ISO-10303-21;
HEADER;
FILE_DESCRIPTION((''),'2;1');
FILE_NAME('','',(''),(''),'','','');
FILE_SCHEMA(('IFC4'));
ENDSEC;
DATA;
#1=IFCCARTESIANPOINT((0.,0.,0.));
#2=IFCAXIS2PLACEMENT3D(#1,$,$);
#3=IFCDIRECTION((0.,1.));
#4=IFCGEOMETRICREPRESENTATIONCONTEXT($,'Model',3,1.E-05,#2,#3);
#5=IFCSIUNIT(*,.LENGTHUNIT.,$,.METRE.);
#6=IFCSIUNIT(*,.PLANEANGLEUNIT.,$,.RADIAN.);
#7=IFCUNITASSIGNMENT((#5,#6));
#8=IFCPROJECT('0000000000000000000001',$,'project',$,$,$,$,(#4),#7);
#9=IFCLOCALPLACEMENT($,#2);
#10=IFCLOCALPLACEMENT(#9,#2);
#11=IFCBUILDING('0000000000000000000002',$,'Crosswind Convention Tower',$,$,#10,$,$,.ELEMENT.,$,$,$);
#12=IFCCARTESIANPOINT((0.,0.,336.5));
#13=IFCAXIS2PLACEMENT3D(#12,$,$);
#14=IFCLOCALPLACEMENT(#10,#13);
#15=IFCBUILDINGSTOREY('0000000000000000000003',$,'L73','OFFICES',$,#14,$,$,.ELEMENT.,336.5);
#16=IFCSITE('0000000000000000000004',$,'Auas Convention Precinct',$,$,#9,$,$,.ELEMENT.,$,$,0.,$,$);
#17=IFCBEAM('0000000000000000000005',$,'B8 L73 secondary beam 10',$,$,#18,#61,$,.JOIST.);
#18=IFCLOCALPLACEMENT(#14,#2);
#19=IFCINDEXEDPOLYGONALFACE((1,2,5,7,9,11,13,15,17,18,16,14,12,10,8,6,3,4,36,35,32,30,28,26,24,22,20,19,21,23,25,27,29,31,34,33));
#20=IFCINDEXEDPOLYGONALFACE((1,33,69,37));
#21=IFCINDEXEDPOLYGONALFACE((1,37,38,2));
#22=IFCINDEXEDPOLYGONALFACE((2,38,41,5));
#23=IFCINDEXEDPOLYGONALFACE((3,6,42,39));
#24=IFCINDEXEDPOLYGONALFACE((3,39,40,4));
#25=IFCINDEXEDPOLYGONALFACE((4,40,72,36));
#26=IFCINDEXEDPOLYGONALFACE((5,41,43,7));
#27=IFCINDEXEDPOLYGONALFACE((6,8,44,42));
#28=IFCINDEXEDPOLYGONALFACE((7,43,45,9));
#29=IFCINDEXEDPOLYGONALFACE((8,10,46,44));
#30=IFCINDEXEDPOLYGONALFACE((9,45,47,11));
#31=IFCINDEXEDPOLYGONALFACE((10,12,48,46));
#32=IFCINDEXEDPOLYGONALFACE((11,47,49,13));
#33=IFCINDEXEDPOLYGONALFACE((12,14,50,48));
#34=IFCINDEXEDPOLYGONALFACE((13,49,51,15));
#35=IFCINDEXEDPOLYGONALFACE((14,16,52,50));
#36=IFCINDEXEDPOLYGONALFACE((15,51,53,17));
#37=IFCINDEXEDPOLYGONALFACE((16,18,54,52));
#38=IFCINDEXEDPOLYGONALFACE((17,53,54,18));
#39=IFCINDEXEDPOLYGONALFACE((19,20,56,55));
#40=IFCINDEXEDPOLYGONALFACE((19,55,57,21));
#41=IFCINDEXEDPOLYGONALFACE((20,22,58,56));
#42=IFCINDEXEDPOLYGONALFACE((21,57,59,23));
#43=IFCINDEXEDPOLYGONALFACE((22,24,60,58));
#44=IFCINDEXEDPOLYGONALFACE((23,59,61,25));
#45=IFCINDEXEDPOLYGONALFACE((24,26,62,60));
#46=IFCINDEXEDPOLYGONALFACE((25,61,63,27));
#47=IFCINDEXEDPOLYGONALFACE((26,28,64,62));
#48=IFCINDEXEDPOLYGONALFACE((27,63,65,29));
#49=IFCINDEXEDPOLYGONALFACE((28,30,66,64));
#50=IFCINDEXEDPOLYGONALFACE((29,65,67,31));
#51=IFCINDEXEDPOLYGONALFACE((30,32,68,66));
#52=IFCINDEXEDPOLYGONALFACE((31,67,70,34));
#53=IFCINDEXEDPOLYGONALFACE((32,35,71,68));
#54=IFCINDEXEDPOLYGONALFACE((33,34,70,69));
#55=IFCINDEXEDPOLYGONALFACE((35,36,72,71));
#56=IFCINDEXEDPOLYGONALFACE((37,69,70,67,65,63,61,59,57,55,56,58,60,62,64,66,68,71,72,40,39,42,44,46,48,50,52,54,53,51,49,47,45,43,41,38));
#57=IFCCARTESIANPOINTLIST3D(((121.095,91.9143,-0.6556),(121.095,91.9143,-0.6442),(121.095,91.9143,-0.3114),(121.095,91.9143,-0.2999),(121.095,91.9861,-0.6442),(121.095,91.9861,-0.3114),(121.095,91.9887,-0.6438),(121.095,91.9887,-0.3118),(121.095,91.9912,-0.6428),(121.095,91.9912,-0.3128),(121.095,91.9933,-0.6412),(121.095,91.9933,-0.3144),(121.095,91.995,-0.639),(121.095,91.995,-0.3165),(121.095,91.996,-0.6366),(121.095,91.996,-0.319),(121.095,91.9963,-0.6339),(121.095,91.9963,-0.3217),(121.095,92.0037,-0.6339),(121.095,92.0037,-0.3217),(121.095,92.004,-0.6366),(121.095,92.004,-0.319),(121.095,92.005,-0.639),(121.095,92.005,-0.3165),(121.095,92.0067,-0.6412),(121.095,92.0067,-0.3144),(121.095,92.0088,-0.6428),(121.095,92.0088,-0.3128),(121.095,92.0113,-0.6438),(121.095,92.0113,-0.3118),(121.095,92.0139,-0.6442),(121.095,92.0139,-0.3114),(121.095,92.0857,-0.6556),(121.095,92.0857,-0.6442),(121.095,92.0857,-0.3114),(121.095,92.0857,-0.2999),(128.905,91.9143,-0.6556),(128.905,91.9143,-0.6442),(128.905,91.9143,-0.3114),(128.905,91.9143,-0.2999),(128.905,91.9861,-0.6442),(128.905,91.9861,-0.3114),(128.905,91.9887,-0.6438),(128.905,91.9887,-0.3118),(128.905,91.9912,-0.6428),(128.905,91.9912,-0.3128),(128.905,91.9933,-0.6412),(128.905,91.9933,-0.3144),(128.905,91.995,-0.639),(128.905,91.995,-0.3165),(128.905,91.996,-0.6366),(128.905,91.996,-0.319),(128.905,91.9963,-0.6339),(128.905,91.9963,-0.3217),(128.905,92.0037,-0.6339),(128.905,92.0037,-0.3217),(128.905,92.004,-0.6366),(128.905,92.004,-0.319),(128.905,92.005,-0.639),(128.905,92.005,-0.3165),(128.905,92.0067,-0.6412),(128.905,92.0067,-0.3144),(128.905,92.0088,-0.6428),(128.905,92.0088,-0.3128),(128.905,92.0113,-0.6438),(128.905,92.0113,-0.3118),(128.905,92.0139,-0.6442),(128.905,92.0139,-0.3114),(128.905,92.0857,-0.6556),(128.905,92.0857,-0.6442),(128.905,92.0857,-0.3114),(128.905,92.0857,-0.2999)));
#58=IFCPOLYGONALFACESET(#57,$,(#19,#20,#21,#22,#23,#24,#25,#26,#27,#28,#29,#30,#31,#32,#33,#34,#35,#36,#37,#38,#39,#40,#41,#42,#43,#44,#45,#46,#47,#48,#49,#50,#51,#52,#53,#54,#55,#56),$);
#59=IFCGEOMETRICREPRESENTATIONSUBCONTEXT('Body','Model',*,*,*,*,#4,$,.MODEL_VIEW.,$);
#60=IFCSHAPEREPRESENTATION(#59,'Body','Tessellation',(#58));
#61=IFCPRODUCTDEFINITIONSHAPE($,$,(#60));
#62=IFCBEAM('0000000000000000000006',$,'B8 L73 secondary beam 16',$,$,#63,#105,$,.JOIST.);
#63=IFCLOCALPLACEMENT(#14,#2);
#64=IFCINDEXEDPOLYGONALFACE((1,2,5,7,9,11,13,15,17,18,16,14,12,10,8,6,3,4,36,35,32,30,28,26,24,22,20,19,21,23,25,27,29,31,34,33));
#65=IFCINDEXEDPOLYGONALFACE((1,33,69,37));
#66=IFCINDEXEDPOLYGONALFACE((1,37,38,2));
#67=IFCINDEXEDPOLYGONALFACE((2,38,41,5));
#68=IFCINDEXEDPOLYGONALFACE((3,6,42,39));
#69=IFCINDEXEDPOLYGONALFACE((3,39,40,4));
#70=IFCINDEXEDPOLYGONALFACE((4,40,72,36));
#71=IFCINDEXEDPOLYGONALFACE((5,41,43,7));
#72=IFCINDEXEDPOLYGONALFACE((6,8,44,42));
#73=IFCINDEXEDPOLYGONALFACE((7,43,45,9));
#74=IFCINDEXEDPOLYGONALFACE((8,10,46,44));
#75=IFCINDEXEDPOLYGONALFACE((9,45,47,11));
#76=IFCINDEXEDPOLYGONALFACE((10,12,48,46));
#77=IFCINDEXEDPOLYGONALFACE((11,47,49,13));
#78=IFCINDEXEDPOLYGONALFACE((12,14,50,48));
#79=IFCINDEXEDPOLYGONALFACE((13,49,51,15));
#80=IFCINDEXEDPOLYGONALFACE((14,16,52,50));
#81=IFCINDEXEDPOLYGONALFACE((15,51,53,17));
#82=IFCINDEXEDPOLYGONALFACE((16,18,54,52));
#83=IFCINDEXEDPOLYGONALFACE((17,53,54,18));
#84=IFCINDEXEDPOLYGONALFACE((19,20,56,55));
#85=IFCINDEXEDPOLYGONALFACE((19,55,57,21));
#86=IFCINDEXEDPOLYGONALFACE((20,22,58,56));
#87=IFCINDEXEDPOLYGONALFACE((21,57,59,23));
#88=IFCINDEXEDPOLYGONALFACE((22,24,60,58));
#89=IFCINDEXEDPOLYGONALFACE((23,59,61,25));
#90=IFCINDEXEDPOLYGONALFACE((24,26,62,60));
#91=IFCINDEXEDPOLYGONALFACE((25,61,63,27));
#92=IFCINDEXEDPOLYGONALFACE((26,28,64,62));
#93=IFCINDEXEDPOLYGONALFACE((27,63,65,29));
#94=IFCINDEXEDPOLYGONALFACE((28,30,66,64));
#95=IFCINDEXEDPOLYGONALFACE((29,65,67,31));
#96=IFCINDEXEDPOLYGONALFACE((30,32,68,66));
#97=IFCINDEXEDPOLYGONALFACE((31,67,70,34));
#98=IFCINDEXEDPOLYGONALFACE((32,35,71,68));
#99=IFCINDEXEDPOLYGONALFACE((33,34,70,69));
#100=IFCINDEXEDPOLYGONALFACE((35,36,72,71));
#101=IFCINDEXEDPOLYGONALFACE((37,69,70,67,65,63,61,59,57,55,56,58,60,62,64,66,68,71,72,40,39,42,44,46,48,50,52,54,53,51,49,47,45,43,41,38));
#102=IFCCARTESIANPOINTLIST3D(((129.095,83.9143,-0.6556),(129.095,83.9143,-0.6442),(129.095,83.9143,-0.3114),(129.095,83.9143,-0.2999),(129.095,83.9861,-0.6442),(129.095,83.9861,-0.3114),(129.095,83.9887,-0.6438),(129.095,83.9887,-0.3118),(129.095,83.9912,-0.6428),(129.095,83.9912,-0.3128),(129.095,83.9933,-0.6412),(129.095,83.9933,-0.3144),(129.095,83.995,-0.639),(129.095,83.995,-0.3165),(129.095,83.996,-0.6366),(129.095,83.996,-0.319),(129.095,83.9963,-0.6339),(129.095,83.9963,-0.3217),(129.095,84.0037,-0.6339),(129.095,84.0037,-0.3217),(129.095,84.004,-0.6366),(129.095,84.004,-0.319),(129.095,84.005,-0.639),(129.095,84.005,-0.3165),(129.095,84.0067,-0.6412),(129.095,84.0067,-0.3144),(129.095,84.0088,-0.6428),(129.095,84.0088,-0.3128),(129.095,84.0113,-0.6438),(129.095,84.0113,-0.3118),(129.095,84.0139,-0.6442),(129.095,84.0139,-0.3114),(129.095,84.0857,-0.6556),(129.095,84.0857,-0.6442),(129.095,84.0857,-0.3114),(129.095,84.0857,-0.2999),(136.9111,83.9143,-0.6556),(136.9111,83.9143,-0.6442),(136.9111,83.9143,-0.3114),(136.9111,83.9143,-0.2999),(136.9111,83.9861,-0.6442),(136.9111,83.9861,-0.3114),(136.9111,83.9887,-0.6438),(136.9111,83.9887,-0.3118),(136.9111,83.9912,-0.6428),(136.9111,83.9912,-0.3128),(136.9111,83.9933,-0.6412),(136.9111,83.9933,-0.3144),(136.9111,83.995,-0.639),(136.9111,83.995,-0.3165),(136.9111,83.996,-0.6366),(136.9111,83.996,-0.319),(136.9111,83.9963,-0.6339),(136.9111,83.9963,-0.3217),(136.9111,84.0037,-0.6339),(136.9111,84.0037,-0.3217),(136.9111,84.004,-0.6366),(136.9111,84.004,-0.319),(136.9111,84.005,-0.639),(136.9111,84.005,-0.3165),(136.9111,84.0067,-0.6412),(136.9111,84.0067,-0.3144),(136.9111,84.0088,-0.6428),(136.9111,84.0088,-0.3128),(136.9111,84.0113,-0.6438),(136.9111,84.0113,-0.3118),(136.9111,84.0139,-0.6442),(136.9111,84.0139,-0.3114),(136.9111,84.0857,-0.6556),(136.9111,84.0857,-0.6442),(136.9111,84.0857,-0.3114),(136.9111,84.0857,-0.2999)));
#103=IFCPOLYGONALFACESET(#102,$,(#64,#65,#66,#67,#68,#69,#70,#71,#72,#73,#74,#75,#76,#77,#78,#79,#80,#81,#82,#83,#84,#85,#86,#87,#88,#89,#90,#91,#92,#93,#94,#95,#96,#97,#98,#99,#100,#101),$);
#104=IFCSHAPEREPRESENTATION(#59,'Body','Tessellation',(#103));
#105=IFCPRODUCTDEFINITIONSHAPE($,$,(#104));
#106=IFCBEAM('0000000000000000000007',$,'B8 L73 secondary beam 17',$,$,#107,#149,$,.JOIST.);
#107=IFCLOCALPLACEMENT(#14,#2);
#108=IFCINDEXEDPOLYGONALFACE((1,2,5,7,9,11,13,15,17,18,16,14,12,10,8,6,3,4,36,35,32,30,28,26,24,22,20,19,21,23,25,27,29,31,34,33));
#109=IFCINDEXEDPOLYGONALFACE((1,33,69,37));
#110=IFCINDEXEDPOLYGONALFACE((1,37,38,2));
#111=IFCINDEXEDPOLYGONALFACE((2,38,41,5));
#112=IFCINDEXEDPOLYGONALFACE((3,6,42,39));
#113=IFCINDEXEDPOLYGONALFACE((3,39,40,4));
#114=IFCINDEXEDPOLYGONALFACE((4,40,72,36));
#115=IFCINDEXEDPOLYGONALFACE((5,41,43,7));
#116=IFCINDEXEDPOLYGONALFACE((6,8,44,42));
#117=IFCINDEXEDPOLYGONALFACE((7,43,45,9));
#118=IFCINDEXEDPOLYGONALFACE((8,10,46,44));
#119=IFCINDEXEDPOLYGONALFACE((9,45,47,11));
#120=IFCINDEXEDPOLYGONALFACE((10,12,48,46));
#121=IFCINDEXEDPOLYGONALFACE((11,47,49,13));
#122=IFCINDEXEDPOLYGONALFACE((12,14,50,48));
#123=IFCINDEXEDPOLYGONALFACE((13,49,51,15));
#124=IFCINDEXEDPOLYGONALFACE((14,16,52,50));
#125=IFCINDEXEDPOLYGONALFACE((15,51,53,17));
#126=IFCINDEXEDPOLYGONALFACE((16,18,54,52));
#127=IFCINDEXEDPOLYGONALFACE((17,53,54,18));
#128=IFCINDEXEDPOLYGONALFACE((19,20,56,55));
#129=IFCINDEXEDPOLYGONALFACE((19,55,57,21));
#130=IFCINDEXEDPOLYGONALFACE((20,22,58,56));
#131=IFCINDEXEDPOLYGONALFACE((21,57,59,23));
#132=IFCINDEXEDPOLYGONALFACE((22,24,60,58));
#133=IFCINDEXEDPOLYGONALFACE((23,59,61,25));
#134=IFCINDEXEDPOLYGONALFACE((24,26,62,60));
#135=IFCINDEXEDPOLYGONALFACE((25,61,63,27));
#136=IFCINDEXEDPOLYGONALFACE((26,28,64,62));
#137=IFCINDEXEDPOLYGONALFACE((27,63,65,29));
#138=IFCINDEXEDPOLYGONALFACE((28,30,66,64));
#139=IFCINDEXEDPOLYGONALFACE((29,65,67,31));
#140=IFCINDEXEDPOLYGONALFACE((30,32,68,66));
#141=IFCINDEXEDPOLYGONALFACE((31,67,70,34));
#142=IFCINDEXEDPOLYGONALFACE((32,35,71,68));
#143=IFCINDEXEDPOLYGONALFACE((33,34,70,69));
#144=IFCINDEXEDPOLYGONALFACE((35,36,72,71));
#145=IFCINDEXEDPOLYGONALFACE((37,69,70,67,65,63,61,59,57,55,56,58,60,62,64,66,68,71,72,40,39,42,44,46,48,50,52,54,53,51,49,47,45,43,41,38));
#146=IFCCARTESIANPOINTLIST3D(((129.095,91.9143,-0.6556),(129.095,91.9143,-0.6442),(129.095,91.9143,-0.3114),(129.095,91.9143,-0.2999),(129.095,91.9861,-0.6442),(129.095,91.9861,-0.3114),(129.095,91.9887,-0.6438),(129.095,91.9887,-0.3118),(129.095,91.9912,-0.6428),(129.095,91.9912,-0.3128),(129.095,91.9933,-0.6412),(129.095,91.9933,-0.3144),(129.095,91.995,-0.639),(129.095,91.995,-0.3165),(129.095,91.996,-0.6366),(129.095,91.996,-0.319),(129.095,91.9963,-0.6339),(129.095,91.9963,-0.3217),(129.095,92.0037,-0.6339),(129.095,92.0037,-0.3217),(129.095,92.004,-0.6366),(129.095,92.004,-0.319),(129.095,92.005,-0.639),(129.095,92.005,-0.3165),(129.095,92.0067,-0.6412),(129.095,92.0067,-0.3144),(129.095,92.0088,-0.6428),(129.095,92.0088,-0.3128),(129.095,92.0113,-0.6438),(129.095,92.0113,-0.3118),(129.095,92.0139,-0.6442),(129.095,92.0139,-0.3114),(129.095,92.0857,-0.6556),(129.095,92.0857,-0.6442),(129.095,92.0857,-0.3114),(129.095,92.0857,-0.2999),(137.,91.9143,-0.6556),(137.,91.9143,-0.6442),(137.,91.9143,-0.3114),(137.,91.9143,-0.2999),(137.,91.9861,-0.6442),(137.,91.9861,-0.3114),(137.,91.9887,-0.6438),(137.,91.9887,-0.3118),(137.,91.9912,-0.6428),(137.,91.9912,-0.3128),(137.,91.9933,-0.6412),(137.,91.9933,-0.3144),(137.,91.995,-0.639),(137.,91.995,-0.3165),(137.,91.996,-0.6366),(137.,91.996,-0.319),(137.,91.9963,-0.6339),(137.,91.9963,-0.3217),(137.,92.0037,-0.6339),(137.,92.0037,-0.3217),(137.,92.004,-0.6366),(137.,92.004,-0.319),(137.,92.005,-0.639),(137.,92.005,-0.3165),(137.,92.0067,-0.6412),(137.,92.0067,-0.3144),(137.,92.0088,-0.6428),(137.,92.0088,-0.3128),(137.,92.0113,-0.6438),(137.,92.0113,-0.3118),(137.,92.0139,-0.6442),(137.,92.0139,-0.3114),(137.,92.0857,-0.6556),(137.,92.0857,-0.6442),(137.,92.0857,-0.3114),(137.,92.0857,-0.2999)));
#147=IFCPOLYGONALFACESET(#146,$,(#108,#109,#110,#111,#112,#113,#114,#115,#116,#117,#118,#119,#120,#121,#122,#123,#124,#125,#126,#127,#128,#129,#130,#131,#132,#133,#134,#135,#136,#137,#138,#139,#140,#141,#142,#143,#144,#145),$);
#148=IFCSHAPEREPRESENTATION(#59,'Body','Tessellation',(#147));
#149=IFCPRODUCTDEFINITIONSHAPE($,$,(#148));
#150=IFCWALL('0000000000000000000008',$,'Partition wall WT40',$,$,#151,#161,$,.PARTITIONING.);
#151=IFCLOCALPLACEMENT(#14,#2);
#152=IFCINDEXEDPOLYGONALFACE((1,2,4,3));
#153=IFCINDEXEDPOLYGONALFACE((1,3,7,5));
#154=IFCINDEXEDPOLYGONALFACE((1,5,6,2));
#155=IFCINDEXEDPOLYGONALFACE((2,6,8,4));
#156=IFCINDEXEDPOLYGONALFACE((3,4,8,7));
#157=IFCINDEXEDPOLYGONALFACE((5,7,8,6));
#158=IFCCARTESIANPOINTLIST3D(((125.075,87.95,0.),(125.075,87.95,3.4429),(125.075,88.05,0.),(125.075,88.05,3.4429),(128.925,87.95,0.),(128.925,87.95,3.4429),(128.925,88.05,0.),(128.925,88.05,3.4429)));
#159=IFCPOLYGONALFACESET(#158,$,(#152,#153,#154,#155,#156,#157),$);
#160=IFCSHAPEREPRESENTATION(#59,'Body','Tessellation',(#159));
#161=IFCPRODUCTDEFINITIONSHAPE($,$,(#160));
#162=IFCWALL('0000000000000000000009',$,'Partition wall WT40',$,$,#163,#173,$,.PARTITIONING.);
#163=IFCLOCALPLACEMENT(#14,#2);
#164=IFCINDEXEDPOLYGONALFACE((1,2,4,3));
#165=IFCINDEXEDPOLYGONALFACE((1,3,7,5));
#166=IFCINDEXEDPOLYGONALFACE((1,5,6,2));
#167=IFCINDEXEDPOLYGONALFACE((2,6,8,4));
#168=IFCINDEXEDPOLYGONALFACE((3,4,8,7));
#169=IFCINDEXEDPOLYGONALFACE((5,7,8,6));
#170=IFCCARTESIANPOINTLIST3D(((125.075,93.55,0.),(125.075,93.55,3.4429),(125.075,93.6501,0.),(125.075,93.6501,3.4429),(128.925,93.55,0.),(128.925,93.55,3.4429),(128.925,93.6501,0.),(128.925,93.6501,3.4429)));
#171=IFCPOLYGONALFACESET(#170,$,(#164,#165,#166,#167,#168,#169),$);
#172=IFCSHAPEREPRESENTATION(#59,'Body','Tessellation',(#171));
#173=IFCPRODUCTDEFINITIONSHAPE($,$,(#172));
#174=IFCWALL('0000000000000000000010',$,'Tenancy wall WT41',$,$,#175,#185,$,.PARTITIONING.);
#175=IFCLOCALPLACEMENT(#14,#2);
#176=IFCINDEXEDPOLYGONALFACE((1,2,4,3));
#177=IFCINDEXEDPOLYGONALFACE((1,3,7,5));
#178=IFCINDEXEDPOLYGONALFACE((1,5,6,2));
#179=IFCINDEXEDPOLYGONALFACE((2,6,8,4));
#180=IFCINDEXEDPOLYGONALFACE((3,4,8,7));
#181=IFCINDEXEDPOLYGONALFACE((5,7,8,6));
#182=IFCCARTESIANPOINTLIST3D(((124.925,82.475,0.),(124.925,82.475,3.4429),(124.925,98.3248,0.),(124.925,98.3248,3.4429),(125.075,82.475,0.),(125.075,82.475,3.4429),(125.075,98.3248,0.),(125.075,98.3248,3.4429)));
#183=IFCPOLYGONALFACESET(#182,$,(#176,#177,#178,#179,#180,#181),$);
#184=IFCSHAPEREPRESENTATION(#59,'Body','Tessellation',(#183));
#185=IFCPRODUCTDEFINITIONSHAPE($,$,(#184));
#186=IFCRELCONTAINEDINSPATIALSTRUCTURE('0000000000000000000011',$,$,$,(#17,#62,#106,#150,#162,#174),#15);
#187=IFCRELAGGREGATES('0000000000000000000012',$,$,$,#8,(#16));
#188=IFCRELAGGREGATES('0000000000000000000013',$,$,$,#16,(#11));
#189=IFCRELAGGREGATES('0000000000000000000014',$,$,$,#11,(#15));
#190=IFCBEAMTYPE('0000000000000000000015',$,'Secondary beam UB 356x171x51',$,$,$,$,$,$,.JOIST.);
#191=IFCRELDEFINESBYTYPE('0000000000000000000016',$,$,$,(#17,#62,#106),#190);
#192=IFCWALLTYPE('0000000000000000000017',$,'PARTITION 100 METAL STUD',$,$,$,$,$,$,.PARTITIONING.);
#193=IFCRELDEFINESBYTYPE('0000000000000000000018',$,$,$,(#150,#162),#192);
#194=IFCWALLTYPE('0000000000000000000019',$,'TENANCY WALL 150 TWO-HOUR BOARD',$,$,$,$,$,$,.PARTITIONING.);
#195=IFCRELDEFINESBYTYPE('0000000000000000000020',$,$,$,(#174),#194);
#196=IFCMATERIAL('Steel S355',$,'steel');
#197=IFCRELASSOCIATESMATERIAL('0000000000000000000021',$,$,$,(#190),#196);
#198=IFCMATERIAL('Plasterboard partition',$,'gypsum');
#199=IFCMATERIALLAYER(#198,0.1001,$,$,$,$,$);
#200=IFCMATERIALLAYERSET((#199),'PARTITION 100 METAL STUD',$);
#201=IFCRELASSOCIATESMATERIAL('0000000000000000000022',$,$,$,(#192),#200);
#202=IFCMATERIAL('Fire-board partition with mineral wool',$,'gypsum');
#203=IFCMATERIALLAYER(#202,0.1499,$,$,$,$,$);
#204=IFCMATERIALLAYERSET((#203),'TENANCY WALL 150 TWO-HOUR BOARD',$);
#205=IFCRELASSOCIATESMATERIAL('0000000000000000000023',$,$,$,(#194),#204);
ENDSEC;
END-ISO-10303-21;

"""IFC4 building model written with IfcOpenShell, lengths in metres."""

from ifc_helpers import new_model, si_unit, direction, frame, frame_2d, origin, origin_2d, place, context, subcontext, project, spatial, rectangle, i_section, extrude, material, layer, layer_set, material_profile, profile_set, type_object, element, save


model = new_model("IFC4")

# Units and contexts
model_context = context("Model", 3, precision=1e-05, world=origin(), true_north=direction((0.0, 1.0)))
body_context = subcontext(model_context, "Body", "Model", "MODEL_VIEW")
ifc_project = project(units=[si_unit("LENGTHUNIT", "METRE"), si_unit("PLANEANGLEUNIT", "RADIAN")], contexts=[model_context])

# Site, building, storey
site_placement = place(None, origin())
site = spatial("IfcSite", under=ifc_project, at=site_placement, Name="Auas Convention Precinct", CompositionType="ELEMENT", RefElevation=0.0)
building_placement = place(site_placement, origin())
building = spatial("IfcBuilding", under=site, at=building_placement, Name="Crosswind Convention Tower", CompositionType="ELEMENT")
storey_placement = place(building_placement, frame((0.0, 0.0, 336.5)))
storey = spatial("IfcBuildingStorey", under=building, at=storey_placement, Name="L73", Description="OFFICES", CompositionType="ELEMENT", Elevation=336.5)

# Beams
ifc_material_1 = material(Name="Steel S355", Category="steel")
ifc_material_profile_1 = material_profile(ifc_material_1, i_section(OverallWidth=0.1714, OverallDepth=0.3557, WebThickness=0.0073, FlangeThickness=0.0115, FilletRadius=0.0103, at=origin_2d()), Name="UB 356x171x51")
ifc_profile_set_1 = profile_set([ifc_material_profile_1], Name="Steel S355")
beam_type_1 = type_object("IfcBeamType", Name="Secondary beam UB 356x171x51", PredefinedType="JOIST", material=ifc_profile_set_1)
for number, where, z_axis, x_axis, name in (
    (1, (121.095, 92.0, -0.4778), (1.0, 0.0, 0.0), (0.0, 1.0, 0.0), "B8 L73 secondary beam 10"),
):
    element("IfcBeam", number, at=place(storey_placement, frame(where, z_axis=z_axis, x_axis=x_axis)), inside=storey, type_object=beam_type_1, Name=name, PredefinedType="JOIST", context=body_context, shape_type="SweptSolid", body=[
        extrude(i_section(OverallWidth=0.1714, OverallDepth=0.3557, WebThickness=0.0073, FlangeThickness=0.0115, FilletRadius=0.0103, at=origin_2d()), origin(), (0.0, 0.0, 1.0), 7.8101),
    ])
beam_1_placement = place(storey_placement, frame((129.095, 84.0, -0.4778), z_axis=(1.0, 0.0, 0.0), x_axis=(0.0, 1.0, 0.0)))
element("IfcBeam", 2, at=beam_1_placement, inside=storey, type_object=beam_type_1, Name="B8 L73 secondary beam 16", PredefinedType="JOIST", context=body_context, shape_type="SweptSolid", body=[
    extrude(i_section(OverallWidth=0.1714, OverallDepth=0.3557, WebThickness=0.0073, FlangeThickness=0.0115, FilletRadius=0.0103, at=origin_2d()), origin(), (0.0, 0.0, 1.0), 7.8162),
])
beam_2_placement = place(storey_placement, frame((129.095, 92.0, -0.4778), z_axis=(1.0, 0.0, 0.0), x_axis=(0.0, 1.0, 0.0)))
element("IfcBeam", 3, at=beam_2_placement, inside=storey, type_object=beam_type_1, Name="B8 L73 secondary beam 17", PredefinedType="JOIST", context=body_context, shape_type="SweptSolid", body=[
    extrude(i_section(OverallWidth=0.1714, OverallDepth=0.3557, WebThickness=0.0073, FlangeThickness=0.0115, FilletRadius=0.0103, at=origin_2d()), origin(), (0.0, 0.0, 1.0), 7.905),
])

# Walls
ifc_material_2 = material(Name="Plasterboard partition", Category="gypsum")
ifc_layer_1 = layer(ifc_material_2, 0.1001)
ifc_layer_set_1 = layer_set([ifc_layer_1], Name="PARTITION 100 METAL STUD")
wall_type_1 = type_object("IfcWallType", Name="PARTITION 100 METAL STUD", PredefinedType="PARTITIONING", material=ifc_layer_set_1)
for number, where, z_axis, x_axis, name in (
    (4, (125.075, 88.0, 0.0), (0.0, 0.0, 1.0), (1.0, 0.0, 0.0), "Partition wall WT40"),
    (5, (125.075, 93.6001, 0.0), (0.0, 0.0, 1.0), (1.0, 0.0, 0.0), "Partition wall WT40"),
):
    element("IfcWall", number, at=place(storey_placement, frame(where, z_axis=z_axis, x_axis=x_axis)), inside=storey, type_object=wall_type_1, Name=name, PredefinedType="PARTITIONING", context=body_context, shape_type="SweptSolid", body=[
        extrude(rectangle(XDim=3.8501, YDim=0.1001, at=frame_2d((1.925, 0.0))), origin(), (0.0, 0.0, 1.0), 3.4429),
    ])
ifc_material_3 = material(Name="Fire-board partition with mineral wool", Category="gypsum")
ifc_layer_2 = layer(ifc_material_3, 0.1499)
ifc_layer_set_2 = layer_set([ifc_layer_2], Name="TENANCY WALL 150 TWO-HOUR BOARD")
wall_type_2 = type_object("IfcWallType", Name="TENANCY WALL 150 TWO-HOUR BOARD", PredefinedType="PARTITIONING", material=ifc_layer_set_2)
wall_1_placement = place(storey_placement, frame((125.0, 82.4751, 0.0), z_axis=(0.0, 0.0, 1.0), x_axis=(0.0, 1.0, 0.0)))
element("IfcWall", 6, at=wall_1_placement, inside=storey, type_object=wall_type_2, Name="Tenancy wall WT41", PredefinedType="PARTITIONING", context=body_context, shape_type="SweptSolid", body=[
    extrude(rectangle(XDim=15.8499, YDim=0.1499, at=frame_2d((7.9248, 0.0))), origin(), (0.0, 0.0, 1.0), 3.4429),
])

save(model, "model.ifc")
